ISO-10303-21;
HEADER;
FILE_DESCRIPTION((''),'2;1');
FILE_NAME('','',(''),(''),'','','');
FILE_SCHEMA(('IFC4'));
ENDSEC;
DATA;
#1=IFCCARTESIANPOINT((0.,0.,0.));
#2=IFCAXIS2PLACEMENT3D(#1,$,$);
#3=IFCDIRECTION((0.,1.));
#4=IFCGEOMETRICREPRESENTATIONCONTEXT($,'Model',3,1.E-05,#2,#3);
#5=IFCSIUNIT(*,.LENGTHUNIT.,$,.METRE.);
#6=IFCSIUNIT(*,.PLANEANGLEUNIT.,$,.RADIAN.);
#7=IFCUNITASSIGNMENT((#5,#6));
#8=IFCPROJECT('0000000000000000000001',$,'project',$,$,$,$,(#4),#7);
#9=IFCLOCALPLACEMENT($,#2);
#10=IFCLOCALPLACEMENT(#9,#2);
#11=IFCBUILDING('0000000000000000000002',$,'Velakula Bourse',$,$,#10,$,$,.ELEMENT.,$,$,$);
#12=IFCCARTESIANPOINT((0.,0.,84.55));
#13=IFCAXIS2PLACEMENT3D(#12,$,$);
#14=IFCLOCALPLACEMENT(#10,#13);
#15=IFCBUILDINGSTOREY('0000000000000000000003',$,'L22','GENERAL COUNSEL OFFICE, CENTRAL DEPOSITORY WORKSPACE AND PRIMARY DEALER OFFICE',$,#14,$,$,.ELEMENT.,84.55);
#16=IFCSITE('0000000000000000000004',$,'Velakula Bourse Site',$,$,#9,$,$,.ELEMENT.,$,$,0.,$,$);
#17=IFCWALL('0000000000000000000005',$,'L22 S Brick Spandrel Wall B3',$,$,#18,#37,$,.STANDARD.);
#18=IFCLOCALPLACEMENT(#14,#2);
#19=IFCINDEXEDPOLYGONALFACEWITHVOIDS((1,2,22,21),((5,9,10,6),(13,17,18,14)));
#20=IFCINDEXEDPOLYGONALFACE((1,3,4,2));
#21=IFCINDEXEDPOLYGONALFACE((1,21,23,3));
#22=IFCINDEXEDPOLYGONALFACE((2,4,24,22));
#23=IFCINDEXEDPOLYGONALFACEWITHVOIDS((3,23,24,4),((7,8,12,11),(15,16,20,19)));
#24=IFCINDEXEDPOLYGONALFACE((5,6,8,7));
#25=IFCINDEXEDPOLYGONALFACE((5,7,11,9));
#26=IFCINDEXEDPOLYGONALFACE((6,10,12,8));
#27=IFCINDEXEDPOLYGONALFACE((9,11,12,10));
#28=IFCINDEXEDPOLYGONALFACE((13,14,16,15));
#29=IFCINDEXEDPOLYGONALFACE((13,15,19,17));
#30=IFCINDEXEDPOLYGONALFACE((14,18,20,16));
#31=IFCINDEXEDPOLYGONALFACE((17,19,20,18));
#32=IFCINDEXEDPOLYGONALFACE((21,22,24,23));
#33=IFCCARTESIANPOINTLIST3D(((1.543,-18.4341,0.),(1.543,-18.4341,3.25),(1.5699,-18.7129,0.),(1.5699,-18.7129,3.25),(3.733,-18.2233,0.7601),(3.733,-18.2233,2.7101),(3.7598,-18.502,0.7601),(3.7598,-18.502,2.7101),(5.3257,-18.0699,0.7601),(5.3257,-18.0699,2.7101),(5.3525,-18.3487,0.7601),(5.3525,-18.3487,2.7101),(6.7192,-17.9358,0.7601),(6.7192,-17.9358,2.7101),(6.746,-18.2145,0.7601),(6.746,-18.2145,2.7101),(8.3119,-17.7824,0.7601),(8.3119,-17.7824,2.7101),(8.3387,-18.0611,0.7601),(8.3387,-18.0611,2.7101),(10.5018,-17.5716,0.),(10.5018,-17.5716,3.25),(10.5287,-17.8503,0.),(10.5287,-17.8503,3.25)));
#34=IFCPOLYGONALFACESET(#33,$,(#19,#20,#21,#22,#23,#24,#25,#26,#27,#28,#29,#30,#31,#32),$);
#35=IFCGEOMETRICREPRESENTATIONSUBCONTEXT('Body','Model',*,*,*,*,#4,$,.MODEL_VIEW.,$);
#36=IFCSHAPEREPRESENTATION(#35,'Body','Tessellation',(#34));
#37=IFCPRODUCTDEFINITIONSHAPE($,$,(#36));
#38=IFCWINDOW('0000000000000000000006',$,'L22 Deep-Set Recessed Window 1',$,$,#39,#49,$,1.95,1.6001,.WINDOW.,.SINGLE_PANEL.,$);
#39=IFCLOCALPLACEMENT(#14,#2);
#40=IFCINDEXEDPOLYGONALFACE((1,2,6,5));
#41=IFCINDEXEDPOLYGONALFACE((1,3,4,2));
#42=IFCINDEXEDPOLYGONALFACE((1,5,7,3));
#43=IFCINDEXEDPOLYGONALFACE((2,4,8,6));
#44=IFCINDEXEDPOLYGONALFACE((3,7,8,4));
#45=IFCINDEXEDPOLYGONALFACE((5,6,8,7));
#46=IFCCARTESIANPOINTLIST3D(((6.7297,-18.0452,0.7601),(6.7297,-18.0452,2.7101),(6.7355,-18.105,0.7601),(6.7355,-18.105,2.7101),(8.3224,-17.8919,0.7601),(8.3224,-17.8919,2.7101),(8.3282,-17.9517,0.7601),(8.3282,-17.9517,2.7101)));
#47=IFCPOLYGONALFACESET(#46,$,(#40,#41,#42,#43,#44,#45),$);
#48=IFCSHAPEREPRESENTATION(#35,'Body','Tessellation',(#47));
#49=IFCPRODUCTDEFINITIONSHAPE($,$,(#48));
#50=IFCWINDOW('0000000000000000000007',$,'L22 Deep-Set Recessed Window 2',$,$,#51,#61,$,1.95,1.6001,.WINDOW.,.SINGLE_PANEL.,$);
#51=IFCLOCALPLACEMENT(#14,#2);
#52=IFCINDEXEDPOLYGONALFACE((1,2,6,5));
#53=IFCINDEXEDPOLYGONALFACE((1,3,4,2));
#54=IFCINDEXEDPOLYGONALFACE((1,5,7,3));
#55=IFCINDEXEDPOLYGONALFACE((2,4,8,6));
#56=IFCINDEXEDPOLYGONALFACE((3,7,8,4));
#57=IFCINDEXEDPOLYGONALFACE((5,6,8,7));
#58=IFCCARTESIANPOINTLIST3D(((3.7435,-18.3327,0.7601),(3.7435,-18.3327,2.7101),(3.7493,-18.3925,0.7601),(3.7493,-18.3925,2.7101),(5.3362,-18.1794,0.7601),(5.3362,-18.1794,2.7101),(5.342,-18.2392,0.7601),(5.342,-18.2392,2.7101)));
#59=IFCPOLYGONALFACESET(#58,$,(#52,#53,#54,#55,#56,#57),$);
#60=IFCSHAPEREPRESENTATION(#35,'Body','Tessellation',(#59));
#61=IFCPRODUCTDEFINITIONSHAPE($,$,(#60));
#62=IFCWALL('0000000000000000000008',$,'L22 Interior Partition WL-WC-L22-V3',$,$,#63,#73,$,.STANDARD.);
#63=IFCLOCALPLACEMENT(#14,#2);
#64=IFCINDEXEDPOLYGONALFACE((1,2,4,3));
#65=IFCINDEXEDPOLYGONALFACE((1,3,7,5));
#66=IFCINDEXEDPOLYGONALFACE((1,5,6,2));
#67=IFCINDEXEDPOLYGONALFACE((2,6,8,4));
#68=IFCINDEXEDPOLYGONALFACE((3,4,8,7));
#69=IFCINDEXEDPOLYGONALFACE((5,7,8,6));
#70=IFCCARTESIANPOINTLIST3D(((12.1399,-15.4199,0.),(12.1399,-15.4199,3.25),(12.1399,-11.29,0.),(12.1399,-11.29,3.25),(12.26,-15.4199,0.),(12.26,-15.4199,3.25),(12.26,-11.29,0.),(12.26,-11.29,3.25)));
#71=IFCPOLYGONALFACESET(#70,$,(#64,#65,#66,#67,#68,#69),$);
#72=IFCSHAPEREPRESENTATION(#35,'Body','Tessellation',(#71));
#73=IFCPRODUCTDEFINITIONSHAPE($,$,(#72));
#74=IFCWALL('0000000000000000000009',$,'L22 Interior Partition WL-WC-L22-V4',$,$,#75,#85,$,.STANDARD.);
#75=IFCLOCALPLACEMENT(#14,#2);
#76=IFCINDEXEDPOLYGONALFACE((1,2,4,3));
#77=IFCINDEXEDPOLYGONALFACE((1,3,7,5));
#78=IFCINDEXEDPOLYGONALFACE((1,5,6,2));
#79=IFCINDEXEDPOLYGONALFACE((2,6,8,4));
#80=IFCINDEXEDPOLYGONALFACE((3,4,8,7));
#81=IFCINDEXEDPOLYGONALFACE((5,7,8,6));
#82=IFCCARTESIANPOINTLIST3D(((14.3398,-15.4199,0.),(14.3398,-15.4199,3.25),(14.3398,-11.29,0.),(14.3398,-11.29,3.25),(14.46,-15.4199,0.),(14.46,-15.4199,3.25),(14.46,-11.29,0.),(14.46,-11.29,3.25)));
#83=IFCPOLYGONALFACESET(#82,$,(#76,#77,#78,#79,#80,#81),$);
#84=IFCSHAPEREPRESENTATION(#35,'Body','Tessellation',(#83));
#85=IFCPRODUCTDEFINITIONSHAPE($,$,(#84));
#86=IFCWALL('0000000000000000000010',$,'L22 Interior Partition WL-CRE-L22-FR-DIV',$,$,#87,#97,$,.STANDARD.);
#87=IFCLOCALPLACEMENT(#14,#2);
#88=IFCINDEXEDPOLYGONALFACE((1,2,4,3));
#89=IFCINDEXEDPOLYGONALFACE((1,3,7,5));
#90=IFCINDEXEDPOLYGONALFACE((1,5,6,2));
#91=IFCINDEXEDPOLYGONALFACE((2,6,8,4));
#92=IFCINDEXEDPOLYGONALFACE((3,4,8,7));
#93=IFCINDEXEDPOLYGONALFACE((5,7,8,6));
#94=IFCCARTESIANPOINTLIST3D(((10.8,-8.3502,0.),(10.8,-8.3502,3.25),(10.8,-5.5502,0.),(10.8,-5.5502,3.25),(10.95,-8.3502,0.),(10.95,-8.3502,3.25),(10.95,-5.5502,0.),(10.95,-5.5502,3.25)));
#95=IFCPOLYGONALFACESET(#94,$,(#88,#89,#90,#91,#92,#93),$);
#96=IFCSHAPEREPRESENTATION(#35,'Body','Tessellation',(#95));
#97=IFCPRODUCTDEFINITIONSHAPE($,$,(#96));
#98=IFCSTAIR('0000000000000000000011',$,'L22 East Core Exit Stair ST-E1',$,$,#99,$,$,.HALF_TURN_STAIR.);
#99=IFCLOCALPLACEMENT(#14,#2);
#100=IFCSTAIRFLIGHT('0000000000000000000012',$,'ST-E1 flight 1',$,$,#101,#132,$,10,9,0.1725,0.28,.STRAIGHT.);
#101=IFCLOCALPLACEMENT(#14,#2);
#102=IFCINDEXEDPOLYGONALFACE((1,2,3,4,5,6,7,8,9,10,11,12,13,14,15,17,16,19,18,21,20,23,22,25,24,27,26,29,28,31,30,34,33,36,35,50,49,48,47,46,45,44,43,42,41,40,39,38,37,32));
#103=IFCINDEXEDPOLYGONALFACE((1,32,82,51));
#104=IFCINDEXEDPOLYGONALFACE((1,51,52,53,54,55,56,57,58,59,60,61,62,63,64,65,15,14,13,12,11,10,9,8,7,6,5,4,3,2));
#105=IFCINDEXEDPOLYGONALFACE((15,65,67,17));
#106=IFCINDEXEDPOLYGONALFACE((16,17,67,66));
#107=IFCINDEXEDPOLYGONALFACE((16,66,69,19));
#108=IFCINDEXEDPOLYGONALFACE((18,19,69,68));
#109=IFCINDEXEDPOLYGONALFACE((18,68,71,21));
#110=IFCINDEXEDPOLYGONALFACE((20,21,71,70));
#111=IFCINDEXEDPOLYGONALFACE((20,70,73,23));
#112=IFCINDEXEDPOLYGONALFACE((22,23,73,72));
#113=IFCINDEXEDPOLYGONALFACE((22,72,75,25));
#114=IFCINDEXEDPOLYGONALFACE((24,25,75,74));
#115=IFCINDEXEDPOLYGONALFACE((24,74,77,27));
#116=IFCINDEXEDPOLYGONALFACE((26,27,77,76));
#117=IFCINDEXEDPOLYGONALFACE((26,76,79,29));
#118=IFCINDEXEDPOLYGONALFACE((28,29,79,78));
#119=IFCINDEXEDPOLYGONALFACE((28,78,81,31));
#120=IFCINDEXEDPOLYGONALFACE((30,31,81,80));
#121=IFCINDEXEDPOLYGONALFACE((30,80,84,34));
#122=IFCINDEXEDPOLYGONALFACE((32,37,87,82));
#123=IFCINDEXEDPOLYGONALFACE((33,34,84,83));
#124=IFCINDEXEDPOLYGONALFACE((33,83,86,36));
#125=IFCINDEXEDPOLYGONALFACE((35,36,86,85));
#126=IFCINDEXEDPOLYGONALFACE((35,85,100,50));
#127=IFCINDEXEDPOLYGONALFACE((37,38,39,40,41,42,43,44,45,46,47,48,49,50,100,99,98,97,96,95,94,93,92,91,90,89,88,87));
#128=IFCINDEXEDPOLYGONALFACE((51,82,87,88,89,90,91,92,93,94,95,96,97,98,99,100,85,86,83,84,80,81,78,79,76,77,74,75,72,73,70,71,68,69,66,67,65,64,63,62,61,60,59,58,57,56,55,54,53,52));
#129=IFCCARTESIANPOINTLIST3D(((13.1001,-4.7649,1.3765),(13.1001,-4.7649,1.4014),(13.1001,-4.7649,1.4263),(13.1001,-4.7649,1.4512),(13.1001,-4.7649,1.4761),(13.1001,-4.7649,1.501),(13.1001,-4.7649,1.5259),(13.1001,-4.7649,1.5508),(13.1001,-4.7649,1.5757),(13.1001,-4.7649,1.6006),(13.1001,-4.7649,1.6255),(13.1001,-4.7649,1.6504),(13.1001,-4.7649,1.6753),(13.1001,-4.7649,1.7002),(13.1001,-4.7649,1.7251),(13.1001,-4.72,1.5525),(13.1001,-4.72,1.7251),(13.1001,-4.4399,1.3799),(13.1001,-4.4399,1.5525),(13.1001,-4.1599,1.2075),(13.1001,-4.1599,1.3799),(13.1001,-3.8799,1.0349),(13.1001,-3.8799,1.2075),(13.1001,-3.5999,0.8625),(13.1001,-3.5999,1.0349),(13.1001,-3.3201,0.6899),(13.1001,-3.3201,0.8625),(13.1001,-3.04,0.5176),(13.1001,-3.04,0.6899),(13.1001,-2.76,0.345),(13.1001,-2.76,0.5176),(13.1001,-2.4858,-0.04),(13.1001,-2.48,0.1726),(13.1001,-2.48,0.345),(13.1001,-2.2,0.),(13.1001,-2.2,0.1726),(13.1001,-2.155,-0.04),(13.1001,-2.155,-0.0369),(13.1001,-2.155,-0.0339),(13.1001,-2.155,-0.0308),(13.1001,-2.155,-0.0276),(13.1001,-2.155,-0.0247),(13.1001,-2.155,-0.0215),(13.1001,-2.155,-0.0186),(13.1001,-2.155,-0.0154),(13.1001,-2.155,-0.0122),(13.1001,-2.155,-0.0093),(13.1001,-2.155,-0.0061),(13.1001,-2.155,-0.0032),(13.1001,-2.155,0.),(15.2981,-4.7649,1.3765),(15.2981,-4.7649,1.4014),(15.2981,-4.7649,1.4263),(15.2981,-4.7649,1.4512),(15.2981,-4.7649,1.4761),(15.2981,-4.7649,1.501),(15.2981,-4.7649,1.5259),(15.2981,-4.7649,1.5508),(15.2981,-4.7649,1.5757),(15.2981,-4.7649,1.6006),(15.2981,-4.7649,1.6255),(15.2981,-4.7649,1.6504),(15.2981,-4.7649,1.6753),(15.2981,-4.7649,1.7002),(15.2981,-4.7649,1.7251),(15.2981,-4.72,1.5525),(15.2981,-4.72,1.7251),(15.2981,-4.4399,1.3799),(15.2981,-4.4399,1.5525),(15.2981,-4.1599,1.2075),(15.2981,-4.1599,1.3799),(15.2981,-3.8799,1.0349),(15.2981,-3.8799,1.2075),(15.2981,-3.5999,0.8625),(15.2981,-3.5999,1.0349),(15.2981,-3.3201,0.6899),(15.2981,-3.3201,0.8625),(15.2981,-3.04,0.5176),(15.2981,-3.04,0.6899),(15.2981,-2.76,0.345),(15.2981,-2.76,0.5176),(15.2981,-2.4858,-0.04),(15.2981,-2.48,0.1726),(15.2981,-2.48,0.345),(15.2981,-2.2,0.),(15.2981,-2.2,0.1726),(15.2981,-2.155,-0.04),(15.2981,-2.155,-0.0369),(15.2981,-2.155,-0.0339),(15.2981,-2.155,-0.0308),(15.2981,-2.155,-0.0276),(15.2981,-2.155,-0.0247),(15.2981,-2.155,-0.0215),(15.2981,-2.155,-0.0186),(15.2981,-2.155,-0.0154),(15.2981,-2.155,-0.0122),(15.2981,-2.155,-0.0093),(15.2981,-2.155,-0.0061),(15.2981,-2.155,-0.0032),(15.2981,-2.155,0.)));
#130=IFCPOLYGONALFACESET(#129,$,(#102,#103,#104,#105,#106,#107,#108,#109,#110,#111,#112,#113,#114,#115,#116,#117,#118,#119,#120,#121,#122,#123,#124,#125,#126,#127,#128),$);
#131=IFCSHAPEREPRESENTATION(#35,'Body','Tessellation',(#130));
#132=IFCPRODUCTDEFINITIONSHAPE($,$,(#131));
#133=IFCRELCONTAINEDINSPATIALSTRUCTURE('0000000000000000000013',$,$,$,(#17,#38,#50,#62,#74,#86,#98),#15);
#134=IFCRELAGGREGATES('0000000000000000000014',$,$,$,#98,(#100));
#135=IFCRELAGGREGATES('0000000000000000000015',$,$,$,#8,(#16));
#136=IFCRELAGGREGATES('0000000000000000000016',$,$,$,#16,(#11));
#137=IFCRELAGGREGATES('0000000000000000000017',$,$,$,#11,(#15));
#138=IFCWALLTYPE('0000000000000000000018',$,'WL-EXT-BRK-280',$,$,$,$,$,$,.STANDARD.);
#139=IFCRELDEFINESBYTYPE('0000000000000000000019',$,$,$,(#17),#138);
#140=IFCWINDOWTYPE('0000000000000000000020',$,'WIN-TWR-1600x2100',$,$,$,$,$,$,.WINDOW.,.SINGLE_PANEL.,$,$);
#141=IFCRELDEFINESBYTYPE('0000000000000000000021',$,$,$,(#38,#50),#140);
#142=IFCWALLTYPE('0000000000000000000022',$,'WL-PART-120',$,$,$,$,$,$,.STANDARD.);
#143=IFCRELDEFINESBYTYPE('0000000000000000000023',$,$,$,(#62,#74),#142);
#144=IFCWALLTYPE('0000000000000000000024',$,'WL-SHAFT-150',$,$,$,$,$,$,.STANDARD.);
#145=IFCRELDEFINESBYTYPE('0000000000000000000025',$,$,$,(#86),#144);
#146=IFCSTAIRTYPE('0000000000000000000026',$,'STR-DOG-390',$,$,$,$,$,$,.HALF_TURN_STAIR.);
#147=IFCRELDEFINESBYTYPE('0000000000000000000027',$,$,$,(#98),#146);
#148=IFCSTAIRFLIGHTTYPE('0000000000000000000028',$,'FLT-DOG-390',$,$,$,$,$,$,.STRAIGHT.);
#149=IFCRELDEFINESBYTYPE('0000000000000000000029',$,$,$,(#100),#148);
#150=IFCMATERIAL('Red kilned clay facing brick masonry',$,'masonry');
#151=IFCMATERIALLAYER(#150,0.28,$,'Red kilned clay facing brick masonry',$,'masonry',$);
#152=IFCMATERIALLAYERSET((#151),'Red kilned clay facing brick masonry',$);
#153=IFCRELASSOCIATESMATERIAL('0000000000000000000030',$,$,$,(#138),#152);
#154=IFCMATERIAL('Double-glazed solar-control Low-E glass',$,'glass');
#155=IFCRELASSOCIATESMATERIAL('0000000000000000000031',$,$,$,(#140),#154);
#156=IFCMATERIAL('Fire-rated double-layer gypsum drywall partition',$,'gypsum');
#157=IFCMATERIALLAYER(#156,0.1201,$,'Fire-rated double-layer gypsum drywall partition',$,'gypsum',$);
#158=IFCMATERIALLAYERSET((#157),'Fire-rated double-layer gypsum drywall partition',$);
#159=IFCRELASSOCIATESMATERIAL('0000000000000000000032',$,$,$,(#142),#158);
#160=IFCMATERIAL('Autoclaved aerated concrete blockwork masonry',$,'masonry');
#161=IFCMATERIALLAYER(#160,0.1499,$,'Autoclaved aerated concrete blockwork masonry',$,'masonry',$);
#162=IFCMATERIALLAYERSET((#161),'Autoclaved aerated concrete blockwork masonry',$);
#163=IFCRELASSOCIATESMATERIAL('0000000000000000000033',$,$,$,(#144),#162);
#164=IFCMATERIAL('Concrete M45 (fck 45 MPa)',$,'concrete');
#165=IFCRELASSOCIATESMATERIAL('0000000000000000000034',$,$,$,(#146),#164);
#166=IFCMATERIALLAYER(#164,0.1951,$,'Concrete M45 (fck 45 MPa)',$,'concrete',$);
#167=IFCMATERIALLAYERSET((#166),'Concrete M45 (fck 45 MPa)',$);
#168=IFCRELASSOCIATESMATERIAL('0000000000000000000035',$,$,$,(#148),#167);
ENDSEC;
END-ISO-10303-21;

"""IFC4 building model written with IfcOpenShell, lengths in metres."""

from ifc_helpers import new_model, si_unit, direction, frame, frame_2d, origin, place, context, subcontext, project, spatial, polyline, rectangle, outline, extrude, material, layer, layer_set, type_object, element, fill, aggregate, save


model = new_model("IFC4")

# Units and contexts
model_context = context("Model", 3, precision=1e-05, world=origin(), true_north=direction((0.0, 1.0)))
body_context = subcontext(model_context, "Body", "Model", "MODEL_VIEW")
ifc_project = project(units=[si_unit("LENGTHUNIT", "METRE"), si_unit("PLANEANGLEUNIT", "RADIAN")], contexts=[model_context])

# Site, building, storey
site_placement = place(None, origin())
site = spatial("IfcSite", under=ifc_project, at=site_placement, Name="Velakula Bourse Site", CompositionType="ELEMENT", RefElevation=0.0)
building_placement = place(site_placement, origin())
building = spatial("IfcBuilding", under=site, at=building_placement, Name="Velakula Bourse", CompositionType="ELEMENT")
storey_placement = place(building_placement, frame((0.0, 0.0, 84.55)))
storey = spatial("IfcBuildingStorey", under=building, at=storey_placement, Name="L22", Description="GENERAL COUNSEL OFFICE, CENTRAL DEPOSITORY WORKSPACE AND PRIMARY DEALER OFFICE", CompositionType="ELEMENT", Elevation=84.55)

# Wall, openings, windows
ifc_material_1 = material(Name="Red kilned clay facing brick masonry", Category="masonry")
ifc_layer_1 = layer(ifc_material_1, 0.28, Name="Red kilned clay facing brick masonry", Category="masonry")
ifc_layer_set_1 = layer_set([ifc_layer_1], Name="Red kilned clay facing brick masonry")
wall_type_1 = type_object("IfcWallType", Name="WL-EXT-BRK-280", PredefinedType="STANDARD", material=ifc_layer_set_1)
wall_1_placement = place(storey_placement, frame((10.5151, -17.7109, 0.0), z_axis=(0.0, 0.0, 1.0), x_axis=(-0.995397, -0.095837, 0.0)))
wall_1 = element("IfcWall", 1, at=wall_1_placement, inside=storey, type_object=wall_type_1, Name="L22 S Brick Spandrel Wall B3", PredefinedType="STANDARD", context=body_context, shape_type="SweptSolid", body=[
    extrude(rectangle(XDim=9.0002, YDim=0.28, at=frame_2d((4.5, 0.0))), origin(), (0.0, 0.0, 1.0), 3.25),
])
opening_1_placement = place(wall_1_placement, frame((2.2, 0.0, 0.76)))
opening_1 = element("IfcOpeningElement", 2, at=opening_1_placement, cuts=wall_1, PredefinedType="OPENING", context=body_context, shape_type="SweptSolid", body=[
    extrude(rectangle(XDim=1.6001, YDim=1.95, at=frame_2d((0.8, 0.9751))), frame((0.0, 0.1499, 0.0), z_axis=(0.0, -1.0, 0.0), x_axis=(1.0, 0.0, 0.0)), (0.0, 0.0, 1.0), 0.3),
])
opening_2_placement = place(wall_1_placement, frame((5.2, 0.0, 0.76)))
opening_2 = element("IfcOpeningElement", 3, at=opening_2_placement, cuts=wall_1, PredefinedType="OPENING", context=body_context, shape_type="SweptSolid", body=[
    extrude(rectangle(XDim=1.6001, YDim=1.95, at=frame_2d((0.8, 0.9751))), frame((0.0, 0.1499, 0.0), z_axis=(0.0, -1.0, 0.0), x_axis=(1.0, 0.0, 0.0)), (0.0, 0.0, 1.0), 0.3),
])
ifc_material_2 = material(Name="Double-glazed solar-control Low-E glass", Category="glass")
window_type = type_object("IfcWindowType", Name="WIN-TWR-1600x2100", PartitioningType="SINGLE_PANEL", PredefinedType="WINDOW", material=ifc_material_2)
window_1_placement = place(opening_1_placement, origin())
window_1 = element("IfcWindow", 4, at=window_1_placement, inside=storey, type_object=window_type, Name="L22 Deep-Set Recessed Window 1", OverallHeight=1.95, OverallWidth=1.6001, PartitioningType="SINGLE_PANEL", PredefinedType="WINDOW", context=body_context, shape_type="SweptSolid", body=[
    extrude(rectangle(XDim=1.6001, YDim=1.95, at=frame_2d((0.8, 0.9751))), frame((0.0, 0.03, 0.0), z_axis=(0.0, -1.0, 0.0), x_axis=(1.0, 0.0, 0.0)), (0.0, 0.0, 1.0), 0.0601),
])
fill(opening_1, window_1)
window_2_placement = place(opening_2_placement, origin())
window_2 = element("IfcWindow", 5, at=window_2_placement, inside=storey, type_object=window_type, Name="L22 Deep-Set Recessed Window 2", OverallHeight=1.95, OverallWidth=1.6001, PartitioningType="SINGLE_PANEL", PredefinedType="WINDOW", context=body_context, shape_type="SweptSolid", body=[
    extrude(rectangle(XDim=1.6001, YDim=1.95, at=frame_2d((0.8, 0.9751))), frame((0.0, 0.03, 0.0), z_axis=(0.0, -1.0, 0.0), x_axis=(1.0, 0.0, 0.0)), (0.0, 0.0, 1.0), 0.0601),
])
fill(opening_2, window_2)

# Walls
ifc_material_3 = material(Name="Fire-rated double-layer gypsum drywall partition", Category="gypsum")
ifc_layer_2 = layer(ifc_material_3, 0.1201, Name="Fire-rated double-layer gypsum drywall partition", Category="gypsum")
ifc_layer_set_2 = layer_set([ifc_layer_2], Name="Fire-rated double-layer gypsum drywall partition")
wall_type_2 = type_object("IfcWallType", Name="WL-PART-120", PredefinedType="STANDARD", material=ifc_layer_set_2)
for number, where, z_axis, x_axis, name in (
    (6, (12.2, -15.4199, 0.0), (0.0, 0.0, 1.0), (0.0, 1.0, 0.0), "L22 Interior Partition WL-WC-L22-V3"),
    (7, (14.3999, -15.4199, 0.0), (0.0, 0.0, 1.0), (0.0, 1.0, 0.0), "L22 Interior Partition WL-WC-L22-V4"),
):
    element("IfcWall", number, at=place(storey_placement, frame(where, z_axis=z_axis, x_axis=x_axis)), inside=storey, type_object=wall_type_2, Name=name, PredefinedType="STANDARD", context=body_context, shape_type="SweptSolid", body=[
        extrude(rectangle(XDim=4.1299, YDim=0.1201, at=frame_2d((2.0649, 0.0))), origin(), (0.0, 0.0, 1.0), 3.25),
    ])
ifc_material_4 = material(Name="Autoclaved aerated concrete blockwork masonry", Category="masonry")
ifc_layer_3 = layer(ifc_material_4, 0.1499, Name="Autoclaved aerated concrete blockwork masonry", Category="masonry")
ifc_layer_set_3 = layer_set([ifc_layer_3], Name="Autoclaved aerated concrete blockwork masonry")
wall_type_3 = type_object("IfcWallType", Name="WL-SHAFT-150", PredefinedType="STANDARD", material=ifc_layer_set_3)
wall_2_placement = place(storey_placement, frame((10.875, -8.3501, 0.0), z_axis=(0.0, 0.0, 1.0), x_axis=(0.0, 1.0, 0.0)))
element("IfcWall", 8, at=wall_2_placement, inside=storey, type_object=wall_type_3, Name="L22 Interior Partition WL-CRE-L22-FR-DIV", PredefinedType="STANDARD", context=body_context, shape_type="SweptSolid", body=[
    extrude(rectangle(XDim=2.8, YDim=0.1499, at=frame_2d((1.3999, 0.0))), origin(), (0.0, 0.0, 1.0), 3.25),
])

# Stair, stair flight
ifc_material_5 = material(Name="Concrete M45 (fck 45 MPa)", Category="concrete")
stair_type = type_object("IfcStairType", Name="STR-DOG-390", PredefinedType="HALF_TURN_STAIR", material=ifc_material_5)
stair_placement = place(storey_placement, origin())
stair = element("IfcStair", 9, at=stair_placement, inside=storey, type_object=stair_type, Name="L22 East Core Exit Stair ST-E1", PredefinedType="HALF_TURN_STAIR")
ifc_layer_4 = layer(ifc_material_5, 0.1951, Name="Concrete M45 (fck 45 MPa)", Category="concrete")
ifc_layer_set_4 = layer_set([ifc_layer_4], Name="Concrete M45 (fck 45 MPa)")
stair_flight_type = type_object("IfcStairFlightType", Name="FLT-DOG-390", PredefinedType="STRAIGHT", material=ifc_layer_set_4)
stair_flight_1_placement = place(storey_placement, frame((14.199, -2.2, 0.0), z_axis=(0.0, 0.0, 1.0), x_axis=(0.0, -1.0, 0.0)))
stair_flight_1 = element("IfcStairFlight", 10, at=stair_flight_1_placement, type_object=stair_flight_type, Name="ST-E1 flight 1", NumberOfRisers=10, NumberOfTreads=9, PredefinedType="STRAIGHT", RiserHeight=0.1725, TreadLength=0.28, context=body_context, shape_type="SweptSolid", body=[
    extrude(outline(polyline([(-0.0449, -0.04), (-0.0449, -0.0369), (-0.0449, -0.0339), (-0.0449, -0.0308), (-0.0449, -0.0276), (-0.0449, -0.0247), (-0.0449, -0.0215), (-0.0449, -0.0186), (-0.0449, -0.0154), (-0.0449, -0.0122), (-0.0449, -0.0093), (-0.0449, -0.0061), (-0.0449, -0.0032), (-0.0449, 0.0), (0.0, 0.0), (0.0, 0.1726), (0.28, 0.1726), (0.28, 0.345), (0.5601, 0.345), (0.5601, 0.5176), (0.8401, 0.5176), (0.8401, 0.6899), (1.1201, 0.6899), (1.1201, 0.8625), (1.3999, 0.8625), (1.3999, 1.0349), (1.6799, 1.0349), (1.6799, 1.2075), (1.96, 1.2075), (1.96, 1.3799), (2.24, 1.3799), (2.24, 1.5525), (2.52, 1.5525), (2.52, 1.7251), (2.5649, 1.7251), (2.5649, 1.7002), (2.5649, 1.6753), (2.5649, 1.6504), (2.5649, 1.6255), (2.5649, 1.6006), (2.5649, 1.5757), (2.5649, 1.5508), (2.5649, 1.5259), (2.5649, 1.501), (2.5649, 1.4761), (2.5649, 1.4512), (2.5649, 1.4263), (2.5649, 1.4014), (2.5649, 1.3765), (0.2859, -0.04), (-0.0449, -0.04)])), frame((0.0, 1.0991, 0.0), z_axis=(0.0, -1.0, 0.0), x_axis=(1.0, 0.0, 0.0)), (0.0, 0.0, 1.0), 2.198),
])
aggregate(stair, [stair_flight_1])

save(model, "model.ifc")
